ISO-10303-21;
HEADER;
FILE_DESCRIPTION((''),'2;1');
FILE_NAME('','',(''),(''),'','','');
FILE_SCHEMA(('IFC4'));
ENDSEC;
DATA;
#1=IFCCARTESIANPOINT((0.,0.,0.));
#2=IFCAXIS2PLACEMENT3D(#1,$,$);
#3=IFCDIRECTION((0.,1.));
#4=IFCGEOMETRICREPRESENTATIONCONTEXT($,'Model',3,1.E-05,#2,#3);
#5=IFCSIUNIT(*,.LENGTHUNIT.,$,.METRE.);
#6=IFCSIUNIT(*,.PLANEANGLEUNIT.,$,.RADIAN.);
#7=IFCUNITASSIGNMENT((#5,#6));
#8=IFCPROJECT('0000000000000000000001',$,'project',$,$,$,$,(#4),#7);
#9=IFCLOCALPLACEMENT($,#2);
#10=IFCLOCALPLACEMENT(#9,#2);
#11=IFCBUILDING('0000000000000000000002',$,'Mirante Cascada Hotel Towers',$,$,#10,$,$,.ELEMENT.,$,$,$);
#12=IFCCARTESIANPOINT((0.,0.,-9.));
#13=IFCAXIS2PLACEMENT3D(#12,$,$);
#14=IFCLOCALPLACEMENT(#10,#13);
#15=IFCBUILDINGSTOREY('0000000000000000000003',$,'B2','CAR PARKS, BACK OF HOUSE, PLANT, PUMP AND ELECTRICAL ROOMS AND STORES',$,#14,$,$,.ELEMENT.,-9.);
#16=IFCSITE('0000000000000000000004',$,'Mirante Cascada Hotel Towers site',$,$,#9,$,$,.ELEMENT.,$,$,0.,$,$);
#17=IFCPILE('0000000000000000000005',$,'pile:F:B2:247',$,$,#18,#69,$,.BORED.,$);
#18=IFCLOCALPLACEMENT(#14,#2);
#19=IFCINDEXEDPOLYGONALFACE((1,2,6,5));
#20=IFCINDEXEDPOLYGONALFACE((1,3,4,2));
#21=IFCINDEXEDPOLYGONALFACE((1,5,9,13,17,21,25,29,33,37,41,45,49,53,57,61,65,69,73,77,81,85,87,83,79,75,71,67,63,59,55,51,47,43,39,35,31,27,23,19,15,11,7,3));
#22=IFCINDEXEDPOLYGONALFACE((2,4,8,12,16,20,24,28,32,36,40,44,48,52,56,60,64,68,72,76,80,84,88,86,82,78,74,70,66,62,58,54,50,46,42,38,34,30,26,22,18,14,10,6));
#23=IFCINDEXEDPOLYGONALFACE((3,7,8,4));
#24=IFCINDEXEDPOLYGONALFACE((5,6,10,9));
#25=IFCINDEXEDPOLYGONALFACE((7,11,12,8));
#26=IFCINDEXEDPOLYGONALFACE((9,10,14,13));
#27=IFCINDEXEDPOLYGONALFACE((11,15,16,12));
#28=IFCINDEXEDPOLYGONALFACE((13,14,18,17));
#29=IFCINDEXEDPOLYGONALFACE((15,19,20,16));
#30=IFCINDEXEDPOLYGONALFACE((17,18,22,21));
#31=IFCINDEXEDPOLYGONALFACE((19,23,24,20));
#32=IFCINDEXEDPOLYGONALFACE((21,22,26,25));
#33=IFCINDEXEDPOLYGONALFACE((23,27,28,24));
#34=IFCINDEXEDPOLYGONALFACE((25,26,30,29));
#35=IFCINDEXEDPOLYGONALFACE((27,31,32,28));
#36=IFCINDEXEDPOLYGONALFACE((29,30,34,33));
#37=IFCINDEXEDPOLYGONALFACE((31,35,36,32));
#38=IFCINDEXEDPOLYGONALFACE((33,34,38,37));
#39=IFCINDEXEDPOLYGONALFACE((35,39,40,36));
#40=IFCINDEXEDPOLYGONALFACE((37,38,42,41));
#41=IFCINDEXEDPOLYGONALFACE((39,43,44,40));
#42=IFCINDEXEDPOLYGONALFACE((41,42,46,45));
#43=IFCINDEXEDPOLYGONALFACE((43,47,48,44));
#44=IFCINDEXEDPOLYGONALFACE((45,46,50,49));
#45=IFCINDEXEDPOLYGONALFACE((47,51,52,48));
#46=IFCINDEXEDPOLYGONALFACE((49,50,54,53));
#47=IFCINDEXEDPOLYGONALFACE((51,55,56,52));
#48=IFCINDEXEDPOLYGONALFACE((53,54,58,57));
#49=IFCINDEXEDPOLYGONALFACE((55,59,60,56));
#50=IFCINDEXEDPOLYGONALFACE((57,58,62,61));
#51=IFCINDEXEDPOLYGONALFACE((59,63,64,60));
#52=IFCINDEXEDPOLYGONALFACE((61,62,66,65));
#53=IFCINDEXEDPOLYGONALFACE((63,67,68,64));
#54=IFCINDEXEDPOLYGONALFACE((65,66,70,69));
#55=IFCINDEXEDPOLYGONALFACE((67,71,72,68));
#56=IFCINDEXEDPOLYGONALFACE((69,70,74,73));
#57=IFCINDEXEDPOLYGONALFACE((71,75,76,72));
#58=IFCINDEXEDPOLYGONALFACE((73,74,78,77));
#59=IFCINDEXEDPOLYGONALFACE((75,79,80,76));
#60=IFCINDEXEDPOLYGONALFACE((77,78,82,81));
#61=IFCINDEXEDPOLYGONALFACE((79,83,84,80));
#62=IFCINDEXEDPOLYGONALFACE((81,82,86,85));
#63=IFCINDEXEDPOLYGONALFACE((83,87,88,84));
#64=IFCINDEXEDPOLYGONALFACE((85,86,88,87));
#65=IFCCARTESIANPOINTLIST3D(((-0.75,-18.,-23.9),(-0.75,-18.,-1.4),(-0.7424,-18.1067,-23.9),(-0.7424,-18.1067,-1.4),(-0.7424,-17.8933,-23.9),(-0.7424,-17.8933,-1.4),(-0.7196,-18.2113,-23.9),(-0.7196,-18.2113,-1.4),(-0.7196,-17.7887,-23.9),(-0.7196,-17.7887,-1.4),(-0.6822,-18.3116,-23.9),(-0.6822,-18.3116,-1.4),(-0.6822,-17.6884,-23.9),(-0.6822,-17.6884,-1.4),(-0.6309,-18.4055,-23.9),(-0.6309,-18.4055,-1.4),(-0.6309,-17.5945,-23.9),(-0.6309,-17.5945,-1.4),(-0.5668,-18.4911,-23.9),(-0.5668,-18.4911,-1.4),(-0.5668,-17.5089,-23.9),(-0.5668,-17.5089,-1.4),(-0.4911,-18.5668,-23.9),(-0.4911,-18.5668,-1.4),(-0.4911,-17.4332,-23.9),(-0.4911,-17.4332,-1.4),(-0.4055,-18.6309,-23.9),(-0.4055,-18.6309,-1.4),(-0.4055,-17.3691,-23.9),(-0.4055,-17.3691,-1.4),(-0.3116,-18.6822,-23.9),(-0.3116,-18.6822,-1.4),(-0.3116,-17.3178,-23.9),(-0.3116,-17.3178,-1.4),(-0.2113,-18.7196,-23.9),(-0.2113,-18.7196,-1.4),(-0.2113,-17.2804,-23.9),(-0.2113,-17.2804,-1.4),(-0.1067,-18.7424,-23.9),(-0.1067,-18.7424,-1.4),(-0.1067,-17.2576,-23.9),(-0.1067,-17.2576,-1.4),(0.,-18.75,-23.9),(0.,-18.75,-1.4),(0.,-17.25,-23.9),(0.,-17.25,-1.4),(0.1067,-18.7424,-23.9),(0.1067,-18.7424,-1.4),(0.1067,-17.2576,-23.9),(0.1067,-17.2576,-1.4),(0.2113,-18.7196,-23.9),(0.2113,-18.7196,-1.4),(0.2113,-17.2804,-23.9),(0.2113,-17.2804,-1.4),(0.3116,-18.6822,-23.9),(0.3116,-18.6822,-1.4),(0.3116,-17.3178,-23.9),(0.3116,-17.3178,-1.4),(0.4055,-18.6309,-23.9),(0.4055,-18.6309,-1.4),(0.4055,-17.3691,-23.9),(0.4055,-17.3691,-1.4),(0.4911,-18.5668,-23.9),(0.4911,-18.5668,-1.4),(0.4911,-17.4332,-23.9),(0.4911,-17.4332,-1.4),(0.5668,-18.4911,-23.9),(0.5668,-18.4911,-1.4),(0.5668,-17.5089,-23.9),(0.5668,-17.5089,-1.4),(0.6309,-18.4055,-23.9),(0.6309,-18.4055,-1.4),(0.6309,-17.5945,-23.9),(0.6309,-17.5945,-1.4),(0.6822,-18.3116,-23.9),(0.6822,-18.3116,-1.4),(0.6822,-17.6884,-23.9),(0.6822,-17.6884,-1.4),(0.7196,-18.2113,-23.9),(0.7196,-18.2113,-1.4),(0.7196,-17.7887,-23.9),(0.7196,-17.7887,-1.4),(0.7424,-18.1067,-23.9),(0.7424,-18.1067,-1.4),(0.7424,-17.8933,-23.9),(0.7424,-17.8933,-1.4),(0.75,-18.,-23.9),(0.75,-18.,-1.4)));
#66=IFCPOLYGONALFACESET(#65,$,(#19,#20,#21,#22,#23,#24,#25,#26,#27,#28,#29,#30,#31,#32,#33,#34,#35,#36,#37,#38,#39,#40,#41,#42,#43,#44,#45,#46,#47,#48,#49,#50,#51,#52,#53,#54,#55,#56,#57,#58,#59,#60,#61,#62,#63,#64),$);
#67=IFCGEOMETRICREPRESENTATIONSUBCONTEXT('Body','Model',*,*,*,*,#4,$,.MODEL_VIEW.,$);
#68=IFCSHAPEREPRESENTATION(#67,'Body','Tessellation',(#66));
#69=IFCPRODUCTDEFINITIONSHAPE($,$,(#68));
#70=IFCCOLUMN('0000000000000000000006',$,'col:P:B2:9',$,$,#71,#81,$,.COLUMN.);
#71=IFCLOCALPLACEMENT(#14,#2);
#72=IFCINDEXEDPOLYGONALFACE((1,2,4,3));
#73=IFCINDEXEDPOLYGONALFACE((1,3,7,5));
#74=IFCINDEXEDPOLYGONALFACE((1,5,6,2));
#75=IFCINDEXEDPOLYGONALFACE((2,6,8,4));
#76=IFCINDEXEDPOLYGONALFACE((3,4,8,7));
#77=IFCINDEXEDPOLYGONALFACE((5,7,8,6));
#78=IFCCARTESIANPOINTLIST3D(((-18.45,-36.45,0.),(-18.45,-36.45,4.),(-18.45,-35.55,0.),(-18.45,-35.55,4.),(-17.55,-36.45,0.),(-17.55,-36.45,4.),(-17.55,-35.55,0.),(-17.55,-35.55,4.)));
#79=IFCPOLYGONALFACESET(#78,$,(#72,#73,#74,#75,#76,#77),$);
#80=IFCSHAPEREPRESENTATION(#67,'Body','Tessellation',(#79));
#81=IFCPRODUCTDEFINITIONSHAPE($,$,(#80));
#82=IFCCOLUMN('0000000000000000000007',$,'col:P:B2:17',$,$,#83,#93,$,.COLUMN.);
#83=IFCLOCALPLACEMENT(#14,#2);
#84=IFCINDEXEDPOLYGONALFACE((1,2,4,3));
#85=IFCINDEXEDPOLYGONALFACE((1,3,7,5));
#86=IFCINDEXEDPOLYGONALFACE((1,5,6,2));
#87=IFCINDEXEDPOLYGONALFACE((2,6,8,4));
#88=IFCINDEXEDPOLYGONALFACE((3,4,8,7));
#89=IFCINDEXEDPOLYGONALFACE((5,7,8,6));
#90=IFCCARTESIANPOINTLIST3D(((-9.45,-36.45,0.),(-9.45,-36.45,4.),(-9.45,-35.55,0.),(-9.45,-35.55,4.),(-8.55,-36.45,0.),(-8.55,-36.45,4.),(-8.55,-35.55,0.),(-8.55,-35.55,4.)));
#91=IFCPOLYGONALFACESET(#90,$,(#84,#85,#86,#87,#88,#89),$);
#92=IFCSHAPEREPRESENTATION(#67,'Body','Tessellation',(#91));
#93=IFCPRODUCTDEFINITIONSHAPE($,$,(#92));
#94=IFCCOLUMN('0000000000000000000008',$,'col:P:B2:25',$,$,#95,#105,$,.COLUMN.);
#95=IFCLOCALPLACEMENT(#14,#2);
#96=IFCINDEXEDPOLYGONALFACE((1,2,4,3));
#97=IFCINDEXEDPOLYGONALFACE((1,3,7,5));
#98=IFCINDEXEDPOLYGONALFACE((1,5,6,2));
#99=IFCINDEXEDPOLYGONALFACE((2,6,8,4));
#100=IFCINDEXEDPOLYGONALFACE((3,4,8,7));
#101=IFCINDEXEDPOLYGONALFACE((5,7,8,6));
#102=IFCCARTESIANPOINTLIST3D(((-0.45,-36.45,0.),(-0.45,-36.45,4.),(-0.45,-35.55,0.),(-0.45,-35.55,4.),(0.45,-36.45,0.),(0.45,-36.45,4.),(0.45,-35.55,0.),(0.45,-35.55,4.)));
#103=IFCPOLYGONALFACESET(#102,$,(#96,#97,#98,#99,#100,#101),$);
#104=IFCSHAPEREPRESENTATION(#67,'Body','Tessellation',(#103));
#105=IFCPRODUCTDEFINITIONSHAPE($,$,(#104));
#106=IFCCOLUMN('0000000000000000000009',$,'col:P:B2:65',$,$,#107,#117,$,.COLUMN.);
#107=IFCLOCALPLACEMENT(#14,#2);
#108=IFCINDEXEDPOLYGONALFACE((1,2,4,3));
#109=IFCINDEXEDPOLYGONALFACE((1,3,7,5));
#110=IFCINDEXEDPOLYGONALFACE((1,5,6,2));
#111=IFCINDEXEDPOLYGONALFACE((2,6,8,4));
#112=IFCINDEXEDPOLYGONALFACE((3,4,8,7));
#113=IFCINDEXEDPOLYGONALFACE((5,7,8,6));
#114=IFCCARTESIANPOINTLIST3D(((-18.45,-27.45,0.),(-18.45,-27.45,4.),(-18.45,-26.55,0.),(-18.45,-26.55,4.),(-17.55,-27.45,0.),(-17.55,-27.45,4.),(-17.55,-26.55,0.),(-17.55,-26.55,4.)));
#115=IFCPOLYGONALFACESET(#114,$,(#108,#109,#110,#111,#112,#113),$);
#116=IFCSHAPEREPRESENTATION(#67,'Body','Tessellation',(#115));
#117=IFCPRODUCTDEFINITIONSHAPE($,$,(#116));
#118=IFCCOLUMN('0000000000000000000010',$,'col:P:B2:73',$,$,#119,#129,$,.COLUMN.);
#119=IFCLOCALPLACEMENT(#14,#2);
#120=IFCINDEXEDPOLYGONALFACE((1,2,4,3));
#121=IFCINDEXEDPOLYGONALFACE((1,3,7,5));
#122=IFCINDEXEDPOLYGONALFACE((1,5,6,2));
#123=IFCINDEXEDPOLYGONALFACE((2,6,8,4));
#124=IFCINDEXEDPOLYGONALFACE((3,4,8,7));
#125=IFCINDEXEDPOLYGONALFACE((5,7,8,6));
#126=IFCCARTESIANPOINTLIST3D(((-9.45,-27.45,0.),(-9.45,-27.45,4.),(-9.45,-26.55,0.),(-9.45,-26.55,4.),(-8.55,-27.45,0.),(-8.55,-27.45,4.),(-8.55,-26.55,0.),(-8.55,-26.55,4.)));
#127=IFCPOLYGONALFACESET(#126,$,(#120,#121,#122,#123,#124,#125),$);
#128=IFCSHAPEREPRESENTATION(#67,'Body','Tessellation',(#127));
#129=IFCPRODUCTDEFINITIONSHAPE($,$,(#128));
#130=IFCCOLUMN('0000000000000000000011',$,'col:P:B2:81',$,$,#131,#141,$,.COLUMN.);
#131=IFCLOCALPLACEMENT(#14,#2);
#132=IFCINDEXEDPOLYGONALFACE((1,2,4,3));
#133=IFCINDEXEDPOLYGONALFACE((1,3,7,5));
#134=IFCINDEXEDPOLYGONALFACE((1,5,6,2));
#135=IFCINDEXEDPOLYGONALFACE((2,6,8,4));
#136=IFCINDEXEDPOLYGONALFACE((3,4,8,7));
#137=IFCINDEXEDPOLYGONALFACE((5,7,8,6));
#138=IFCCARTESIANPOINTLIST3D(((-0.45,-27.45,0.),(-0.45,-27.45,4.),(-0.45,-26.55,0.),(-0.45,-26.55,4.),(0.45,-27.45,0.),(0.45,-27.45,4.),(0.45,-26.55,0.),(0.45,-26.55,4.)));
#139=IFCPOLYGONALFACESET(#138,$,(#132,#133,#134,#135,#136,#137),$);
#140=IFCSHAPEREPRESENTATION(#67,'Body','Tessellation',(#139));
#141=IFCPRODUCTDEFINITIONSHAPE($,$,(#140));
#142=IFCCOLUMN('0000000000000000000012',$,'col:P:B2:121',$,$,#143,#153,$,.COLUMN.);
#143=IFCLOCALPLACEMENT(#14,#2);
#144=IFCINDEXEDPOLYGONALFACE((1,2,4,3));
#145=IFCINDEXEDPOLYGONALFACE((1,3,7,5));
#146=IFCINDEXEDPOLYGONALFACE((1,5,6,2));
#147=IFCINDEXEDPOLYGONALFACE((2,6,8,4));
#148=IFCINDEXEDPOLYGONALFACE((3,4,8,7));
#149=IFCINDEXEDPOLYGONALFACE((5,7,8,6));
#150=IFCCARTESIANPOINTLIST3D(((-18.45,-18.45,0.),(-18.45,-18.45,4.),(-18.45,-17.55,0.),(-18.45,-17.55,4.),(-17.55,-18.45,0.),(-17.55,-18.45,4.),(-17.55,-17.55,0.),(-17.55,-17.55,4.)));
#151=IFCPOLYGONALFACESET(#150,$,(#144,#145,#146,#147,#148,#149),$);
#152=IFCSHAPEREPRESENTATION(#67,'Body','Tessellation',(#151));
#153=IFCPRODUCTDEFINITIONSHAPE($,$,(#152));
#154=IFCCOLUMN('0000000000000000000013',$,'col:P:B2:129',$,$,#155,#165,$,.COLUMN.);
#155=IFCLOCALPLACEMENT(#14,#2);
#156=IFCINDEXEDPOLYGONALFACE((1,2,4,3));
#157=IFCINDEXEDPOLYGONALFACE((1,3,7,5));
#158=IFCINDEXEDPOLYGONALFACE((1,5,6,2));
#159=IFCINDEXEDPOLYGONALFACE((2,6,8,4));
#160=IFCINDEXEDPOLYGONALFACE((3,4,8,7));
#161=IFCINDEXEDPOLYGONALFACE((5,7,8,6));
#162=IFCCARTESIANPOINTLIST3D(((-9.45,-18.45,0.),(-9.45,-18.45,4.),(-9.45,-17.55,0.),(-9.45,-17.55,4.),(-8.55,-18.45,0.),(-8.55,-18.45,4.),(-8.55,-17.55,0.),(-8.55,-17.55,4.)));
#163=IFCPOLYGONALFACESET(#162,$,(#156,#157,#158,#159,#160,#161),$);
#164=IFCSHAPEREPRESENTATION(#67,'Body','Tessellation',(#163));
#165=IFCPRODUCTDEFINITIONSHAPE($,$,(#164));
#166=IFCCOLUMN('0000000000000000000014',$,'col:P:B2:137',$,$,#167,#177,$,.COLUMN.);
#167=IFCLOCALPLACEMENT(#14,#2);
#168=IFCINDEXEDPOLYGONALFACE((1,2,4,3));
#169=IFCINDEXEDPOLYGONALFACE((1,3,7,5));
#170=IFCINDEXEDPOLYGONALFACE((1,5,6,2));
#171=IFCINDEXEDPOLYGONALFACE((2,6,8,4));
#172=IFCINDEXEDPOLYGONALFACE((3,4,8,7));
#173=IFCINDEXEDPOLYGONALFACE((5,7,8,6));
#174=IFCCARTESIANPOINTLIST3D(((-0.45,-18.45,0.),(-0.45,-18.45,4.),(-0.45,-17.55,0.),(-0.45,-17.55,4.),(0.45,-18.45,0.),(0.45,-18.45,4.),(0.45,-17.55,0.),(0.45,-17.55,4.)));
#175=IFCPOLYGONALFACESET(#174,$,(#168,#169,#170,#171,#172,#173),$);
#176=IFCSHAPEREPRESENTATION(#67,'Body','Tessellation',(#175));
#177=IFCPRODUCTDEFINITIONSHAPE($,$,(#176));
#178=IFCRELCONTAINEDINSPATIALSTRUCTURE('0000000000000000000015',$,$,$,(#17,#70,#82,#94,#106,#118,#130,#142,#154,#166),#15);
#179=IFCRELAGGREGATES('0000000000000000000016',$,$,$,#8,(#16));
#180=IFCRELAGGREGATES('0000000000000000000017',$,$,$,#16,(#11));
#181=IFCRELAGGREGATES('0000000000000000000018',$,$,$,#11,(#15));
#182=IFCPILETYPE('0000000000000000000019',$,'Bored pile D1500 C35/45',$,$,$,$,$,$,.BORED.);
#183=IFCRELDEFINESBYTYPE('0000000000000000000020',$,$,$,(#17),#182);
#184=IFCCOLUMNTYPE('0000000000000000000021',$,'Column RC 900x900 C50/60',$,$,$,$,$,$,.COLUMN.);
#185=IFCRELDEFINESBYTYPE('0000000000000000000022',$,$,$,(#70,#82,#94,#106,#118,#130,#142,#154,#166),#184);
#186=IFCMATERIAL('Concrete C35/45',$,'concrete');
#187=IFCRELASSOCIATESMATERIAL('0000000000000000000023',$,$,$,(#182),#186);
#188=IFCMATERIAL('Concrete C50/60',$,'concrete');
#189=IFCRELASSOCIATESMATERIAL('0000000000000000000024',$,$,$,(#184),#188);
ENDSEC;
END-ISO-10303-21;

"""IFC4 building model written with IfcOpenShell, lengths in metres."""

from ifc_helpers import new_model, si_unit, direction, frame, origin, origin_2d, place, context, subcontext, project, spatial, rectangle, circle, extrude, material, material_profile, profile_set, type_object, element, save


model = new_model("IFC4")

# Units and contexts
model_context = context("Model", 3, precision=1e-05, world=origin(), true_north=direction((0.0, 1.0)))
body_context = subcontext(model_context, "Body", "Model", "MODEL_VIEW")
ifc_project = project(units=[si_unit("LENGTHUNIT", "METRE"), si_unit("PLANEANGLEUNIT", "RADIAN")], contexts=[model_context])

# Site, building, storey
site_placement = place(None, origin())
site = spatial("IfcSite", under=ifc_project, at=site_placement, Name="Mirante Cascada Hotel Towers site", CompositionType="ELEMENT", RefElevation=0.0)
building_placement = place(site_placement, origin())
building = spatial("IfcBuilding", under=site, at=building_placement, Name="Mirante Cascada Hotel Towers", CompositionType="ELEMENT")
storey_placement = place(building_placement, frame((0.0, 0.0, -9.0)))
storey = spatial("IfcBuildingStorey", under=building, at=storey_placement, Name="B2", Description="CAR PARKS, BACK OF HOUSE, PLANT, PUMP AND ELECTRICAL ROOMS AND STORES", CompositionType="ELEMENT", Elevation=-9.0)

# Pile
ifc_material_1 = material(Name="Concrete C35/45", Category="concrete")
ifc_material_profile_1 = material_profile(ifc_material_1, circle(Radius=0.75, at=origin_2d()), Name="RC D1500")
ifc_profile_set_1 = profile_set([ifc_material_profile_1], Name="Concrete C35/45")
pile_type = type_object("IfcPileType", Name="Bored pile D1500 C35/45", PredefinedType="BORED", material=ifc_profile_set_1)
for number, where, z_axis, x_axis, name in (
    (1, (0.0, -18.0, -1.4), (0.0, 0.0, -1.0), (1.0, 0.0, 0.0), "pile:F:B2:247"),
):
    element("IfcPile", number, at=place(storey_placement, frame(where, z_axis=z_axis, x_axis=x_axis)), inside=storey, type_object=pile_type, Name=name, PredefinedType="BORED", context=body_context, shape_type="SweptSolid", body=[
        extrude(circle(Radius=0.75, at=origin_2d()), origin(), (0.0, 0.0, 1.0), 22.5),
    ])

# Columns
ifc_material_2 = material(Name="Concrete C50/60", Category="concrete")
ifc_material_profile_2 = material_profile(ifc_material_2, rectangle(XDim=0.9, YDim=0.9, at=origin_2d()), Name="RC 900x900")
ifc_profile_set_2 = profile_set([ifc_material_profile_2], Name="Concrete C50/60")
column_type = type_object("IfcColumnType", Name="Column RC 900x900 C50/60", PredefinedType="COLUMN", material=ifc_profile_set_2)
for number, where, z_axis, x_axis, name in (
    (2, (-18.0, -36.0, 0.0), (0.0, 0.0, 1.0), (1.0, 0.0, 0.0), "col:P:B2:9"),
    (3, (-9.0, -36.0, 0.0), (0.0, 0.0, 1.0), (1.0, 0.0, 0.0), "col:P:B2:17"),
    (4, (0.0, -36.0, 0.0), (0.0, 0.0, 1.0), (1.0, 0.0, 0.0), "col:P:B2:25"),
    (5, (-18.0, -27.0, 0.0), (0.0, 0.0, 1.0), (1.0, 0.0, 0.0), "col:P:B2:65"),
    (6, (-9.0, -27.0, 0.0), (0.0, 0.0, 1.0), (1.0, 0.0, 0.0), "col:P:B2:73"),
    (7, (0.0, -27.0, 0.0), (0.0, 0.0, 1.0), (1.0, 0.0, 0.0), "col:P:B2:81"),
    (8, (-18.0, -18.0, 0.0), (0.0, 0.0, 1.0), (1.0, 0.0, 0.0), "col:P:B2:121"),
    (9, (-9.0, -18.0, 0.0), (0.0, 0.0, 1.0), (1.0, 0.0, 0.0), "col:P:B2:129"),
    (10, (0.0, -18.0, 0.0), (0.0, 0.0, 1.0), (1.0, 0.0, 0.0), "col:P:B2:137"),
):
    element("IfcColumn", number, at=place(storey_placement, frame(where, z_axis=z_axis, x_axis=x_axis)), inside=storey, type_object=column_type, Name=name, PredefinedType="COLUMN", context=body_context, shape_type="SweptSolid", body=[
        extrude(rectangle(XDim=0.9, YDim=0.9, at=origin_2d()), origin(), (0.0, 0.0, 1.0), 4.0),
    ])

save(model, "model.ifc")
